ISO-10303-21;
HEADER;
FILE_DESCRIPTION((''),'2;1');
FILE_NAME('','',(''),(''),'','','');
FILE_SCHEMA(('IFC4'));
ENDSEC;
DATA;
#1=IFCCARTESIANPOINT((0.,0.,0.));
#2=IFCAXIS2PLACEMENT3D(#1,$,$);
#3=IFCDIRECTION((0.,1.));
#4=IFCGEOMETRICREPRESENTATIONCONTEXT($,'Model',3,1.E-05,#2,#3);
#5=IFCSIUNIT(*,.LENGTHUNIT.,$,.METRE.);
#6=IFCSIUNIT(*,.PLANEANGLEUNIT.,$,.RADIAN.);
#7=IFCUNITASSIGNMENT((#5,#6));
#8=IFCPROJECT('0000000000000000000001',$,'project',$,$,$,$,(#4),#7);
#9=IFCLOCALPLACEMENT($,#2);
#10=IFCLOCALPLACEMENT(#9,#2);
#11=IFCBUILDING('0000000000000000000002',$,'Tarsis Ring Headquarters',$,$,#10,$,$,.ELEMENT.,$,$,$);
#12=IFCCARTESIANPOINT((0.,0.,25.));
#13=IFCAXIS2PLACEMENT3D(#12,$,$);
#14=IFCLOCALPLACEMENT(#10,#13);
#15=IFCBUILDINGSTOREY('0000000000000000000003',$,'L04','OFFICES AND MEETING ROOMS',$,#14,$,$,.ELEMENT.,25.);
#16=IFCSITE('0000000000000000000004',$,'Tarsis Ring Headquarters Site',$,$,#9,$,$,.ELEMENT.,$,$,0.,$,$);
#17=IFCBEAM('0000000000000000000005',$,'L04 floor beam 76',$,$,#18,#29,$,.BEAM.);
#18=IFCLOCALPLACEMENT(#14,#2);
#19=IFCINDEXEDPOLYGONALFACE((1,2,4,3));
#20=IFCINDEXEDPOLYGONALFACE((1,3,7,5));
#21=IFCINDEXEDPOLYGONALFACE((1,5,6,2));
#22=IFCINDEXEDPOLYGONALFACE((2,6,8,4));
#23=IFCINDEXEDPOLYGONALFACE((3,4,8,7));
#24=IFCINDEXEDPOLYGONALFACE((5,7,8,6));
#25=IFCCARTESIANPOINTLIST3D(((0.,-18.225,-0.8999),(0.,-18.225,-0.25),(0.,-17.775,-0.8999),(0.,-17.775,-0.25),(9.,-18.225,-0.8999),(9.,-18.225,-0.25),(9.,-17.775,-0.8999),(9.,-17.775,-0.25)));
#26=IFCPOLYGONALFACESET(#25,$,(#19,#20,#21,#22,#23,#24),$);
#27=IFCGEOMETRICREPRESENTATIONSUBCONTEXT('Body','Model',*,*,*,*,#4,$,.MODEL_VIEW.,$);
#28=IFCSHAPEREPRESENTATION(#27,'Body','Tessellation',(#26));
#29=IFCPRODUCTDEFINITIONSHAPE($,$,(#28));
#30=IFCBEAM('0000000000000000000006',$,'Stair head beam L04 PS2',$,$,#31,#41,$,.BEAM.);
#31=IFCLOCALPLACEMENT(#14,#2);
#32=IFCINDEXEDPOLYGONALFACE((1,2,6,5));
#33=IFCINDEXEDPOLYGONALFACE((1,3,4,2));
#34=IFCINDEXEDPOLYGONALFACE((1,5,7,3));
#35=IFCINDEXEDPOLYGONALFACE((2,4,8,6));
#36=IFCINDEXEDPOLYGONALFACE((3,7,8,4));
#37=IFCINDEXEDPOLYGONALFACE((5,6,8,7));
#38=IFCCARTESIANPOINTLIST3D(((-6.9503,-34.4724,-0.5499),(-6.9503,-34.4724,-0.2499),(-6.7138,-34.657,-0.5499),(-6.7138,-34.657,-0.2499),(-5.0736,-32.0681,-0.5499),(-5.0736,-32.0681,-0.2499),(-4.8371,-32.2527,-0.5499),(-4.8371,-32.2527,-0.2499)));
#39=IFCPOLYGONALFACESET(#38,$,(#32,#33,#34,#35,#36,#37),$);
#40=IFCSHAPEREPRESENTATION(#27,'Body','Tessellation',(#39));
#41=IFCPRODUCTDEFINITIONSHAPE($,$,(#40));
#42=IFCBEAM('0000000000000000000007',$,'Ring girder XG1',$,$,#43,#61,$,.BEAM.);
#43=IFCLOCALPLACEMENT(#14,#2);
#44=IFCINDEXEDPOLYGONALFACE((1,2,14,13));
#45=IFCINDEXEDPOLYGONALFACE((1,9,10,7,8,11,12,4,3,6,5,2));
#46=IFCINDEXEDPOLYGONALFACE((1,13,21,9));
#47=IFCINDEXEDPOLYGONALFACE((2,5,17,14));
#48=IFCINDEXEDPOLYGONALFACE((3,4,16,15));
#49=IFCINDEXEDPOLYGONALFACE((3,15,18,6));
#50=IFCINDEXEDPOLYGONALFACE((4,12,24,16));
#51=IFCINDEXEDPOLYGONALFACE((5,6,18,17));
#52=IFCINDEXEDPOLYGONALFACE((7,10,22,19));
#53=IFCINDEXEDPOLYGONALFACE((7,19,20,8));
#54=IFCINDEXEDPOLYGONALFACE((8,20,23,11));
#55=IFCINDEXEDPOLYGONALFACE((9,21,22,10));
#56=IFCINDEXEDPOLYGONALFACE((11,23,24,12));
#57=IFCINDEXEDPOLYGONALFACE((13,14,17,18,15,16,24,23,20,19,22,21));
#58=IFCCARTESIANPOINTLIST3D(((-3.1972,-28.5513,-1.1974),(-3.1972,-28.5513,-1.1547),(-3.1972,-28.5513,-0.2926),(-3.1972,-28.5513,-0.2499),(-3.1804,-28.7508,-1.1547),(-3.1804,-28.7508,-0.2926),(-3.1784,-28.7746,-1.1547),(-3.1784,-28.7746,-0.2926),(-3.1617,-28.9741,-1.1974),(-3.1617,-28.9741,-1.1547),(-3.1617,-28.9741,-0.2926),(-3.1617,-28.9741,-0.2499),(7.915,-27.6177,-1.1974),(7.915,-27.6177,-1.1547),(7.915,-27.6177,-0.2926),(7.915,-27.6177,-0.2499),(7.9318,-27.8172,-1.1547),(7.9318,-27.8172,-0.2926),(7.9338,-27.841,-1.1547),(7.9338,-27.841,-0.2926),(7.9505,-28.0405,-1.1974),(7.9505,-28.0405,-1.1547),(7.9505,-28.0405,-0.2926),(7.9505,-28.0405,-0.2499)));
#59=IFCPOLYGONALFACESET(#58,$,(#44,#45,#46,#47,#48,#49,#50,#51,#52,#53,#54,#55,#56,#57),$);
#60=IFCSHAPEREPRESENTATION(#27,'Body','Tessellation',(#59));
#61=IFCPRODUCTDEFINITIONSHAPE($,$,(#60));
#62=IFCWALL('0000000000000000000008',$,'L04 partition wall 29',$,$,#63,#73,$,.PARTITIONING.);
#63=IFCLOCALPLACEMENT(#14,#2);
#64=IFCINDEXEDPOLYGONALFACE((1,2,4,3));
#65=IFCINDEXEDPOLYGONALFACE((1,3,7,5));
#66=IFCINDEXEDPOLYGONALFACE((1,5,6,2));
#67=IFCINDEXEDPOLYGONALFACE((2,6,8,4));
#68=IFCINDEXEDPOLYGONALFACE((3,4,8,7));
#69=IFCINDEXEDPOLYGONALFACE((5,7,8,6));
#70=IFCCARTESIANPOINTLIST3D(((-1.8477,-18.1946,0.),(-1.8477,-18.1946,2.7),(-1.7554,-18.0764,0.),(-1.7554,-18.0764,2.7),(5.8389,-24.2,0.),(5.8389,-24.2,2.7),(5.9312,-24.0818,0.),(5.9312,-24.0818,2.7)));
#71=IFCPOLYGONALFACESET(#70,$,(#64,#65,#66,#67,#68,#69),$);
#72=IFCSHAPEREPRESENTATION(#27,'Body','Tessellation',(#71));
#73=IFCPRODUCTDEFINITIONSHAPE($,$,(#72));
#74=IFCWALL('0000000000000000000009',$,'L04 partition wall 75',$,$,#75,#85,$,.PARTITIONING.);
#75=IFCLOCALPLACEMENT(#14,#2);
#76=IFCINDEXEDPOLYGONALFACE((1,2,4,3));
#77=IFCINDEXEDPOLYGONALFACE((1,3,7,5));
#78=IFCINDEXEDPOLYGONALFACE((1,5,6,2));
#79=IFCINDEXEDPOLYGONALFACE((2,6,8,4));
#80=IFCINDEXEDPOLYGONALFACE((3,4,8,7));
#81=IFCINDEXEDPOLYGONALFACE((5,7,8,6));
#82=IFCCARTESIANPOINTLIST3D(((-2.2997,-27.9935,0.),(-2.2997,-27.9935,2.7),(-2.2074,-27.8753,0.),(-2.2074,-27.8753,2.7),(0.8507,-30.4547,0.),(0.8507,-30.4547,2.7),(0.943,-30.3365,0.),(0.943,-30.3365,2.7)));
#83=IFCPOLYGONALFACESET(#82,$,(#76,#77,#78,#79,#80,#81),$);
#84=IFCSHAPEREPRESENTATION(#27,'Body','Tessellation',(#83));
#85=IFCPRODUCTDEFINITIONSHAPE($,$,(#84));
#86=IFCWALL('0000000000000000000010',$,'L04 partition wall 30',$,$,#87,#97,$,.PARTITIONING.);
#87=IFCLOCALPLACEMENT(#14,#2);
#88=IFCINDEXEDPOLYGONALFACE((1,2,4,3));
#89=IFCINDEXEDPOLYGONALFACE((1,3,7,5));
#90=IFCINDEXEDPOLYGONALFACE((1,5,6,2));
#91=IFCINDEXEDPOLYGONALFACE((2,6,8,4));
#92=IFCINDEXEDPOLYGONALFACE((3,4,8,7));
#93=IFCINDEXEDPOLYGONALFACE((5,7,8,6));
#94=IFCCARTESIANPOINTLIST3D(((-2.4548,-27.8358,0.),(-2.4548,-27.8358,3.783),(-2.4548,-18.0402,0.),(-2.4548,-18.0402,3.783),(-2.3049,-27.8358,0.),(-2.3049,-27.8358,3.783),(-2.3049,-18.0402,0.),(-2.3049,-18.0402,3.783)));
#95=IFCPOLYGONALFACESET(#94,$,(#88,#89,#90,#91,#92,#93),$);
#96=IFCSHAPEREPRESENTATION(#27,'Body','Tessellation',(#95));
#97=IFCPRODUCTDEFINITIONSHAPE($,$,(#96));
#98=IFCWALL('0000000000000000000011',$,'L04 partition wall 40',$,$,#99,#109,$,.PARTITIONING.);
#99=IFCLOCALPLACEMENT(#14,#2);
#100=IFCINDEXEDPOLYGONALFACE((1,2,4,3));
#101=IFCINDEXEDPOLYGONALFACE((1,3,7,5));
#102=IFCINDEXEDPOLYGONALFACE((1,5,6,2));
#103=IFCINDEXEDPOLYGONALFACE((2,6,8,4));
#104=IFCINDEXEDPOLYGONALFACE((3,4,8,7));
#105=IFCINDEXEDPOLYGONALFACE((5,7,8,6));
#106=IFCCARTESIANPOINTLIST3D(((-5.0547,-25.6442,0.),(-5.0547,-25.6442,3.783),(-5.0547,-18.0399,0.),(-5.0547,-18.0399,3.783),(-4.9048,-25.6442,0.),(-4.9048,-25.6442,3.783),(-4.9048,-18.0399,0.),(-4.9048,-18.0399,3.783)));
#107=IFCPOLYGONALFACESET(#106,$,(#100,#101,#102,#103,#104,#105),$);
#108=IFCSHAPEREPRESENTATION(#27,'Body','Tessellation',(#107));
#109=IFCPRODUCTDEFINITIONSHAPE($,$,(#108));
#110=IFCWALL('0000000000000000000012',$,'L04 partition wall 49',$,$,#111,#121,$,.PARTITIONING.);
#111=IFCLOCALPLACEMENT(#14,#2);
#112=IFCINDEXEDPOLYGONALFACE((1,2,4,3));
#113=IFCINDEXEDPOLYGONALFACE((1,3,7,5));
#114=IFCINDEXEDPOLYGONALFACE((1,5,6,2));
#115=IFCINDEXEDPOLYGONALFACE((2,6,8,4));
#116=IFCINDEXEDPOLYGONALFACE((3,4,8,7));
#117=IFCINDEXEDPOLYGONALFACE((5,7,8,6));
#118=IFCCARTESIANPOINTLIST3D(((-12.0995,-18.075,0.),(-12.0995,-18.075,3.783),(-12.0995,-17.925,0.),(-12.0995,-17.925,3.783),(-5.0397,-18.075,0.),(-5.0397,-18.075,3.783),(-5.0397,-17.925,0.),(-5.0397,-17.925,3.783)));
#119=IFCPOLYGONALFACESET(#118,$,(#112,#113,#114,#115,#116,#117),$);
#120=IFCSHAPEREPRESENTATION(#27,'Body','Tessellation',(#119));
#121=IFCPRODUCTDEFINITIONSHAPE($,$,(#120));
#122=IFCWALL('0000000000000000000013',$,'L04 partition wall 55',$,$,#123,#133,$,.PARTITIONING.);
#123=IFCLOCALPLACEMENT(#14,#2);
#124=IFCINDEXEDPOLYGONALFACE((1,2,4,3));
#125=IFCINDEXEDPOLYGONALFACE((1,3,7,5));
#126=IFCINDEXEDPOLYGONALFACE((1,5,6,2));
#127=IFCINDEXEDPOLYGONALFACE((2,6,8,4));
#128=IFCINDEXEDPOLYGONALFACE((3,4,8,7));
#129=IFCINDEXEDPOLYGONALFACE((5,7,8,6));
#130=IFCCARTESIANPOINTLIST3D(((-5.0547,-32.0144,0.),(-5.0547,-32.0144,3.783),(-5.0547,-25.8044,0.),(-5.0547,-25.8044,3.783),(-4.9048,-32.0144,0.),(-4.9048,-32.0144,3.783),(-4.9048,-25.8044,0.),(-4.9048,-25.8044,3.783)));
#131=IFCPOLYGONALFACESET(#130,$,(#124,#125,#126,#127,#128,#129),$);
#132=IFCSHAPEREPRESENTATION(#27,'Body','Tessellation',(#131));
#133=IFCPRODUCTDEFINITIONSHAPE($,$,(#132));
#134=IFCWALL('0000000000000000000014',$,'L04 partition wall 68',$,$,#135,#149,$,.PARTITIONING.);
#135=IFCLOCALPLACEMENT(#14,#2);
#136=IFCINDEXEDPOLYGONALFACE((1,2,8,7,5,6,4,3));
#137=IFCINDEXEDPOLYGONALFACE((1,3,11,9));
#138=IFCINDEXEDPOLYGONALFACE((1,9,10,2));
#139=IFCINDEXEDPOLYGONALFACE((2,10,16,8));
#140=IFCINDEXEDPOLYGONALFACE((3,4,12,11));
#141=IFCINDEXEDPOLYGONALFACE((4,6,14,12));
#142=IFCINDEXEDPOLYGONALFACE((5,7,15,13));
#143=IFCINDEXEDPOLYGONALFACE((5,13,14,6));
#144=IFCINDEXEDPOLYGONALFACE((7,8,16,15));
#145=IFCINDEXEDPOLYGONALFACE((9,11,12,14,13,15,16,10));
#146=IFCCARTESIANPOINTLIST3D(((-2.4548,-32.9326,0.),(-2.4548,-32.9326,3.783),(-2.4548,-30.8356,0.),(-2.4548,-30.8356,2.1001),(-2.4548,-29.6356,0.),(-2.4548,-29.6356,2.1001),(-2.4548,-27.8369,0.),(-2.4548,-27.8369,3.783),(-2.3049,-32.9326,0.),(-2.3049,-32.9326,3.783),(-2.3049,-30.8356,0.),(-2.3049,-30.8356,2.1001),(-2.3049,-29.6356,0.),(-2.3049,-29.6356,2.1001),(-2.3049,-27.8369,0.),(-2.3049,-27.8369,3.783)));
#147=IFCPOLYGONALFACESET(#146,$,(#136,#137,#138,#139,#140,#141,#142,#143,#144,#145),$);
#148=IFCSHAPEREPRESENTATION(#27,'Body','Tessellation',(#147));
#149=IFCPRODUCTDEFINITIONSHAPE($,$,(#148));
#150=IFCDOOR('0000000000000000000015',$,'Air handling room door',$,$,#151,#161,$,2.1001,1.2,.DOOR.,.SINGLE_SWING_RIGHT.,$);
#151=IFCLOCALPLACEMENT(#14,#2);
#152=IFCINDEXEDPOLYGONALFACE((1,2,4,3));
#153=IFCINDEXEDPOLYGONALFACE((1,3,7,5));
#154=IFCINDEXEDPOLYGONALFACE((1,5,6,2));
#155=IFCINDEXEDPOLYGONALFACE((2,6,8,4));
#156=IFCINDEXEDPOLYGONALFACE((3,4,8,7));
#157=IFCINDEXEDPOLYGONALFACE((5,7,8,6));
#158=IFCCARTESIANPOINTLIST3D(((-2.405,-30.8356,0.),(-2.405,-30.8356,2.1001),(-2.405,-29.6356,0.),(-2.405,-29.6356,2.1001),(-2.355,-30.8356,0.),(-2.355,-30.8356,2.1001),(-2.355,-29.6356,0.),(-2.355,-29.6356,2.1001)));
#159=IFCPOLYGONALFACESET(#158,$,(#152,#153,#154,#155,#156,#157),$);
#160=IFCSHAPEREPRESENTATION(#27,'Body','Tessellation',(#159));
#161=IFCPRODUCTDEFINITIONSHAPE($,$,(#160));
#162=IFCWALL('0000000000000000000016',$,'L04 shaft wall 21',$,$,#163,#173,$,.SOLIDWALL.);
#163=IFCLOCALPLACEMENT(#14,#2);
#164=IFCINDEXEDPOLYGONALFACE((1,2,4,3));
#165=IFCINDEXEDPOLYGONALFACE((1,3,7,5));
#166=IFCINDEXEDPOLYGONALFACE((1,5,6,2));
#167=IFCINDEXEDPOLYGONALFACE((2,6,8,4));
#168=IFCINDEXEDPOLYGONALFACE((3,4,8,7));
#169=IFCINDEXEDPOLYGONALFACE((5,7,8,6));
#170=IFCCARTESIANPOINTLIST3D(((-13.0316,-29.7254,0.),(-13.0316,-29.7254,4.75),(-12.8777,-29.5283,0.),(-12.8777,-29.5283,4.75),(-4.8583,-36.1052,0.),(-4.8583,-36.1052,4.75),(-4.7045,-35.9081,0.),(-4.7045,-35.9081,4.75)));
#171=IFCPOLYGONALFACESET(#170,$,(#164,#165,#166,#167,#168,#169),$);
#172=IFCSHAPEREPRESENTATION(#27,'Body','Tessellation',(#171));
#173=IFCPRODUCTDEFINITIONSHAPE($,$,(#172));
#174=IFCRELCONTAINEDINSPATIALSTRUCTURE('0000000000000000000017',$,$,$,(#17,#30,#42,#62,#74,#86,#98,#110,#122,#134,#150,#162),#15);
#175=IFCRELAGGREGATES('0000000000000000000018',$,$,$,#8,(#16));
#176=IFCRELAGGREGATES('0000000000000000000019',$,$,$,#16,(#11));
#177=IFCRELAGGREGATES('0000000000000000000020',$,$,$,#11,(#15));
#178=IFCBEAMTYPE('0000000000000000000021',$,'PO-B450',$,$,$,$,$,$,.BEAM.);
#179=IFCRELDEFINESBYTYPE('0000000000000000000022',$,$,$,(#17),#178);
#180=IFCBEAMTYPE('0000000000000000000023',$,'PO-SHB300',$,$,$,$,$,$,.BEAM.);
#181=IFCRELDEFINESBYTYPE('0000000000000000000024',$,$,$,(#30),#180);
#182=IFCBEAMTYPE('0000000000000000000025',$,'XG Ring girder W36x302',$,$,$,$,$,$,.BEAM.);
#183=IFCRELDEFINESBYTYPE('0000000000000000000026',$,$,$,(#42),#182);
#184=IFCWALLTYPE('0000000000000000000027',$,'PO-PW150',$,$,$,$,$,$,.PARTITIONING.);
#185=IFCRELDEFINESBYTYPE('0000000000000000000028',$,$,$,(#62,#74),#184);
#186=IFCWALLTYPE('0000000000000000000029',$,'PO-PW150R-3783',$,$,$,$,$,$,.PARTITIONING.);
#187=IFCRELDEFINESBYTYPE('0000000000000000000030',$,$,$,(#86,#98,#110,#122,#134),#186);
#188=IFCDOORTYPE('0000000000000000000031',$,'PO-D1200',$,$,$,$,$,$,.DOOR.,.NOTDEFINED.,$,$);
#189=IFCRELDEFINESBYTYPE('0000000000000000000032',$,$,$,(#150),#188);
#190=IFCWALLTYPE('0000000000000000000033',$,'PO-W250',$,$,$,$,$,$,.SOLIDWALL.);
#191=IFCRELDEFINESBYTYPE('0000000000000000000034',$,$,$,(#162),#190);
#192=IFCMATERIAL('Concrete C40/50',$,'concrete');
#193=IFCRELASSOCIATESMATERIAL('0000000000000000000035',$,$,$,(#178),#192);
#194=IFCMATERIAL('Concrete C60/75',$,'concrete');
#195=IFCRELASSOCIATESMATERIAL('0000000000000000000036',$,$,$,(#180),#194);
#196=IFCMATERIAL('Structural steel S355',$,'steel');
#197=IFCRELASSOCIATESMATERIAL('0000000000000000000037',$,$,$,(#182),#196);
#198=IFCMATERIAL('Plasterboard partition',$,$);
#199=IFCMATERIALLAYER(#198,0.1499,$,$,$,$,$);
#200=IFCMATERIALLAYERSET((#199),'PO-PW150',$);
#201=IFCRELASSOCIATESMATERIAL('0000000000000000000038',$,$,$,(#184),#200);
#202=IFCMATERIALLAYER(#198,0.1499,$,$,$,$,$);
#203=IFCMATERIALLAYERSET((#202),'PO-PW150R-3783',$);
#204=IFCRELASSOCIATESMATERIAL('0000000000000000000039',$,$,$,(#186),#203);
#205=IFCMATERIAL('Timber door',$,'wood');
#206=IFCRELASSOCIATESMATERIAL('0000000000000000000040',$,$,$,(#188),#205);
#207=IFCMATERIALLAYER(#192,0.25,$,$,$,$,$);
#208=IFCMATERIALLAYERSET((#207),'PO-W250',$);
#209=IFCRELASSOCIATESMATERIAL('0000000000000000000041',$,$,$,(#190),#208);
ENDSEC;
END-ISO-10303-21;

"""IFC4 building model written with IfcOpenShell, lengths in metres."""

from ifc_helpers import new_model, si_unit, direction, frame, frame_2d, origin, origin_2d, place, context, subcontext, project, spatial, rectangle, i_section, extrude, material, layer, layer_set, material_profile, profile_set, type_object, element, fill, save


model = new_model("IFC4")

# Units and contexts
model_context = context("Model", 3, precision=1e-05, world=origin(), true_north=direction((0.0, 1.0)))
body_context = subcontext(model_context, "Body", "Model", "MODEL_VIEW")
ifc_project = project(units=[si_unit("LENGTHUNIT", "METRE"), si_unit("PLANEANGLEUNIT", "RADIAN")], contexts=[model_context])

# Site, building, storey
site_placement = place(None, origin())
site = spatial("IfcSite", under=ifc_project, at=site_placement, Name="Tarsis Ring Headquarters Site", CompositionType="ELEMENT", RefElevation=0.0)
building_placement = place(site_placement, origin())
building = spatial("IfcBuilding", under=site, at=building_placement, Name="Tarsis Ring Headquarters", CompositionType="ELEMENT")
storey_placement = place(building_placement, frame((0.0, 0.0, 25.0)))
storey = spatial("IfcBuildingStorey", under=building, at=storey_placement, Name="L04", Description="OFFICES AND MEETING ROOMS", CompositionType="ELEMENT", Elevation=25.0)

# Shared definitions
ifc_material_1 = material(Name="Concrete C40/50", Category="concrete")

# Beams
ifc_material_profile_1 = material_profile(ifc_material_1, rectangle(XDim=0.45, YDim=0.6499, at=origin_2d()), Name="PO-B450")
ifc_profile_set_1 = profile_set([ifc_material_profile_1], Name="Concrete C40/50")
beam_type_1 = type_object("IfcBeamType", Name="PO-B450", PredefinedType="BEAM", material=ifc_profile_set_1)
for number, where, z_axis, x_axis, name in (
    (1, (0.0, -18.0, -0.575), (1.0, 0.0, 0.0), (0.0, 1.0, 0.0), "L04 floor beam 76"),
):
    element("IfcBeam", number, at=place(storey_placement, frame(where, z_axis=z_axis, x_axis=x_axis)), inside=storey, type_object=beam_type_1, Name=name, PredefinedType="BEAM", context=body_context, shape_type="SweptSolid", body=[
        extrude(rectangle(XDim=0.45, YDim=0.6499, at=origin_2d()), origin(), (0.0, 0.0, 1.0), 9.0),
    ])
ifc_material_2 = material(Name="Concrete C60/75", Category="concrete")
ifc_material_profile_2 = material_profile(ifc_material_2, rectangle(XDim=0.3, YDim=0.3, at=origin_2d()), Name="PO-SHB300")
ifc_profile_set_2 = profile_set([ifc_material_profile_2], Name="Concrete C60/75")
beam_type_2 = type_object("IfcBeamType", Name="PO-SHB300", PredefinedType="BEAM", material=ifc_profile_set_2)
beam_1_placement = place(storey_placement, frame((-4.9553, -32.1604, -0.3999), z_axis=(-0.615308, -0.788286, 0.0), x_axis=(0.788286, -0.615308, 0.0)))
element("IfcBeam", 2, at=beam_1_placement, inside=storey, type_object=beam_type_2, Name="Stair head beam L04 PS2", PredefinedType="BEAM", context=body_context, shape_type="SweptSolid", body=[
    extrude(rectangle(XDim=0.3, YDim=0.3, at=origin_2d()), origin(), (0.0, 0.0, 1.0), 3.05),
])
ifc_material_3 = material(Name="Structural steel S355", Category="steel")
ifc_material_profile_3 = material_profile(ifc_material_3, i_section(OverallWidth=0.4243, OverallDepth=0.9475, WebThickness=0.0239, FlangeThickness=0.0427, at=origin_2d()), Name="W36x302")
ifc_profile_set_3 = profile_set([ifc_material_profile_3], Name="Structural steel S355")
beam_type_3 = type_object("IfcBeamType", Name="XG Ring girder W36x302", PredefinedType="BEAM", material=ifc_profile_set_3)
beam_2_placement = place(storey_placement, frame((-3.1794, -28.7627, -0.7236), z_axis=(0.996489, 0.083719, 0.0), x_axis=(-0.083719, 0.996489, 0.0)))
element("IfcBeam", 3, at=beam_2_placement, inside=storey, type_object=beam_type_3, Name="Ring girder XG1", PredefinedType="BEAM", context=body_context, shape_type="SweptSolid", body=[
    extrude(i_section(OverallWidth=0.4243, OverallDepth=0.9475, WebThickness=0.0239, FlangeThickness=0.0427, at=origin_2d()), origin(), (0.0, 0.0, 1.0), 11.1514),
])

# Walls
ifc_material_4 = material(Name="Plasterboard partition")
ifc_layer_1 = layer(ifc_material_4, 0.1499)
ifc_layer_set_1 = layer_set([ifc_layer_1], Name="PO-PW150")
wall_type_1 = type_object("IfcWallType", Name="PO-PW150", PredefinedType="PARTITIONING", material=ifc_layer_set_1)
wall_1_placement = place(storey_placement, frame((-1.8015, -18.1355, 0.0), z_axis=(0.0, 0.0, 1.0), x_axis=(0.788011, -0.615662, 0.0)))
element("IfcWall", 4, at=wall_1_placement, inside=storey, type_object=wall_type_1, Name="L04 partition wall 29", PredefinedType="PARTITIONING", context=body_context, shape_type="SweptSolid", body=[
    extrude(rectangle(XDim=9.7544, YDim=0.1499, at=frame_2d((4.8772, 0.0))), origin(), (0.0, 0.0, 1.0), 2.7),
])
wall_2_placement = place(storey_placement, frame((-2.2537, -27.9343, 0.0), z_axis=(0.0, 0.0, 1.0), x_axis=(0.788032, -0.615635, 0.0)))
element("IfcWall", 5, at=wall_2_placement, inside=storey, type_object=wall_type_1, Name="L04 partition wall 75", PredefinedType="PARTITIONING", context=body_context, shape_type="SweptSolid", body=[
    extrude(rectangle(XDim=3.9978, YDim=0.1499, at=frame_2d((1.999, 0.0))), origin(), (0.0, 0.0, 1.0), 2.7),
])
ifc_layer_2 = layer(ifc_material_4, 0.1499)
ifc_layer_set_2 = layer_set([ifc_layer_2], Name="PO-PW150R-3783")
wall_type_2 = type_object("IfcWallType", Name="PO-PW150R-3783", PredefinedType="PARTITIONING", material=ifc_layer_set_2)
wall_3_placement = place(storey_placement, frame((-2.3799, -18.04, 0.0), z_axis=(0.0, 0.0, 1.0), x_axis=(0.0, -1.0, 0.0)))
element("IfcWall", 6, at=wall_3_placement, inside=storey, type_object=wall_type_2, Name="L04 partition wall 30", PredefinedType="PARTITIONING", context=body_context, shape_type="SweptSolid", body=[
    extrude(rectangle(XDim=9.7957, YDim=0.1499, at=frame_2d((4.8979, 0.0))), origin(), (0.0, 0.0, 1.0), 3.783),
])
wall_4_placement = place(storey_placement, frame((-4.9797, -25.6443, 0.0), z_axis=(0.0, 0.0, 1.0), x_axis=(0.0, 1.0, 0.0)))
element("IfcWall", 7, at=wall_4_placement, inside=storey, type_object=wall_type_2, Name="L04 partition wall 40", PredefinedType="PARTITIONING", context=body_context, shape_type="SweptSolid", body=[
    extrude(rectangle(XDim=7.6042, YDim=0.1499, at=frame_2d((3.8022, 0.0))), origin(), (0.0, 0.0, 1.0), 3.783),
])
wall_5_placement = place(storey_placement, frame((-5.0398, -18.0, 0.0), z_axis=(0.0, 0.0, 1.0), x_axis=(-1.0, 0.0, 0.0)))
element("IfcWall", 8, at=wall_5_placement, inside=storey, type_object=wall_type_2, Name="L04 partition wall 49", PredefinedType="PARTITIONING", context=body_context, shape_type="SweptSolid", body=[
    extrude(rectangle(XDim=7.0598, YDim=0.1499, at=frame_2d((3.5298, 0.0))), origin(), (0.0, 0.0, 1.0), 3.783),
])
wall_6_placement = place(storey_placement, frame((-4.9797, -32.0144, 0.0), z_axis=(0.0, 0.0, 1.0), x_axis=(0.0, 1.0, 0.0)))
element("IfcWall", 9, at=wall_6_placement, inside=storey, type_object=wall_type_2, Name="L04 partition wall 55", PredefinedType="PARTITIONING", context=body_context, shape_type="SweptSolid", body=[
    extrude(rectangle(XDim=6.21, YDim=0.1499, at=frame_2d((3.105, 0.0))), origin(), (0.0, 0.0, 1.0), 3.783),
])

# Wall, opening, door
wall_7_placement = place(storey_placement, frame((-2.3799, -27.8369, 0.0), z_axis=(0.0, 0.0, 1.0), x_axis=(0.0, -1.0, 0.0)))
wall_7 = element("IfcWall", 10, at=wall_7_placement, inside=storey, type_object=wall_type_2, Name="L04 partition wall 68", PredefinedType="PARTITIONING", context=body_context, shape_type="SweptSolid", body=[
    extrude(rectangle(XDim=5.0957, YDim=0.1499, at=frame_2d((2.5479, 0.0))), origin(), (0.0, 0.0, 1.0), 3.783),
])
opening_1_placement = place(wall_7_placement, frame((1.7986, 0.0, 0.0)))
opening_1 = element("IfcOpeningElement", 11, at=opening_1_placement, cuts=wall_7, PredefinedType="OPENING", context=body_context, shape_type="SweptSolid", body=[
    extrude(rectangle(XDim=1.2, YDim=2.1001, at=frame_2d((0.6001, 1.05))), frame((0.0, 0.085, 0.0), z_axis=(0.0, -1.0, 0.0), x_axis=(1.0, 0.0, 0.0)), (0.0, 0.0, 1.0), 0.1699),
])
ifc_material_5 = material(Name="Timber door", Category="wood")
door_type = type_object("IfcDoorType", Name="PO-D1200", OperationType="NOTDEFINED", PredefinedType="DOOR", material=ifc_material_5)
door_placement = place(opening_1_placement, origin())
door = element("IfcDoor", 12, at=door_placement, inside=storey, type_object=door_type, Name="Air handling room door", OperationType="SINGLE_SWING_RIGHT", OverallHeight=2.1001, OverallWidth=1.2, PredefinedType="DOOR", context=body_context, shape_type="SweptSolid", body=[
    extrude(rectangle(XDim=1.2, YDim=2.1001, at=frame_2d((0.6001, 1.05))), frame((0.0, 0.0249, 0.0), z_axis=(0.0, -1.0, 0.0), x_axis=(1.0, 0.0, 0.0)), (0.0, 0.0, 1.0), 0.05),
])
fill(opening_1, door)

# Wall
ifc_layer_3 = layer(ifc_material_1, 0.25)
ifc_layer_set_3 = layer_set([ifc_layer_3], Name="PO-W250")
wall_type_3 = type_object("IfcWallType", Name="PO-W250", PredefinedType="SOLIDWALL", material=ifc_layer_set_3)
wall_8_placement = place(storey_placement, frame((-4.7815, -36.0066, 0.0), z_axis=(0.0, 0.0, 1.0), x_axis=(-0.788283, 0.615312, 0.0)))
element("IfcWall", 13, at=wall_8_placement, inside=storey, type_object=wall_type_3, Name="L04 shaft wall 21", PredefinedType="SOLIDWALL", context=body_context, shape_type="SweptSolid", body=[
    extrude(rectangle(XDim=10.3684, YDim=0.25, at=frame_2d((5.1841, 0.0))), origin(), (0.0, 0.0, 1.0), 4.75),
])

save(model, "model.ifc")
